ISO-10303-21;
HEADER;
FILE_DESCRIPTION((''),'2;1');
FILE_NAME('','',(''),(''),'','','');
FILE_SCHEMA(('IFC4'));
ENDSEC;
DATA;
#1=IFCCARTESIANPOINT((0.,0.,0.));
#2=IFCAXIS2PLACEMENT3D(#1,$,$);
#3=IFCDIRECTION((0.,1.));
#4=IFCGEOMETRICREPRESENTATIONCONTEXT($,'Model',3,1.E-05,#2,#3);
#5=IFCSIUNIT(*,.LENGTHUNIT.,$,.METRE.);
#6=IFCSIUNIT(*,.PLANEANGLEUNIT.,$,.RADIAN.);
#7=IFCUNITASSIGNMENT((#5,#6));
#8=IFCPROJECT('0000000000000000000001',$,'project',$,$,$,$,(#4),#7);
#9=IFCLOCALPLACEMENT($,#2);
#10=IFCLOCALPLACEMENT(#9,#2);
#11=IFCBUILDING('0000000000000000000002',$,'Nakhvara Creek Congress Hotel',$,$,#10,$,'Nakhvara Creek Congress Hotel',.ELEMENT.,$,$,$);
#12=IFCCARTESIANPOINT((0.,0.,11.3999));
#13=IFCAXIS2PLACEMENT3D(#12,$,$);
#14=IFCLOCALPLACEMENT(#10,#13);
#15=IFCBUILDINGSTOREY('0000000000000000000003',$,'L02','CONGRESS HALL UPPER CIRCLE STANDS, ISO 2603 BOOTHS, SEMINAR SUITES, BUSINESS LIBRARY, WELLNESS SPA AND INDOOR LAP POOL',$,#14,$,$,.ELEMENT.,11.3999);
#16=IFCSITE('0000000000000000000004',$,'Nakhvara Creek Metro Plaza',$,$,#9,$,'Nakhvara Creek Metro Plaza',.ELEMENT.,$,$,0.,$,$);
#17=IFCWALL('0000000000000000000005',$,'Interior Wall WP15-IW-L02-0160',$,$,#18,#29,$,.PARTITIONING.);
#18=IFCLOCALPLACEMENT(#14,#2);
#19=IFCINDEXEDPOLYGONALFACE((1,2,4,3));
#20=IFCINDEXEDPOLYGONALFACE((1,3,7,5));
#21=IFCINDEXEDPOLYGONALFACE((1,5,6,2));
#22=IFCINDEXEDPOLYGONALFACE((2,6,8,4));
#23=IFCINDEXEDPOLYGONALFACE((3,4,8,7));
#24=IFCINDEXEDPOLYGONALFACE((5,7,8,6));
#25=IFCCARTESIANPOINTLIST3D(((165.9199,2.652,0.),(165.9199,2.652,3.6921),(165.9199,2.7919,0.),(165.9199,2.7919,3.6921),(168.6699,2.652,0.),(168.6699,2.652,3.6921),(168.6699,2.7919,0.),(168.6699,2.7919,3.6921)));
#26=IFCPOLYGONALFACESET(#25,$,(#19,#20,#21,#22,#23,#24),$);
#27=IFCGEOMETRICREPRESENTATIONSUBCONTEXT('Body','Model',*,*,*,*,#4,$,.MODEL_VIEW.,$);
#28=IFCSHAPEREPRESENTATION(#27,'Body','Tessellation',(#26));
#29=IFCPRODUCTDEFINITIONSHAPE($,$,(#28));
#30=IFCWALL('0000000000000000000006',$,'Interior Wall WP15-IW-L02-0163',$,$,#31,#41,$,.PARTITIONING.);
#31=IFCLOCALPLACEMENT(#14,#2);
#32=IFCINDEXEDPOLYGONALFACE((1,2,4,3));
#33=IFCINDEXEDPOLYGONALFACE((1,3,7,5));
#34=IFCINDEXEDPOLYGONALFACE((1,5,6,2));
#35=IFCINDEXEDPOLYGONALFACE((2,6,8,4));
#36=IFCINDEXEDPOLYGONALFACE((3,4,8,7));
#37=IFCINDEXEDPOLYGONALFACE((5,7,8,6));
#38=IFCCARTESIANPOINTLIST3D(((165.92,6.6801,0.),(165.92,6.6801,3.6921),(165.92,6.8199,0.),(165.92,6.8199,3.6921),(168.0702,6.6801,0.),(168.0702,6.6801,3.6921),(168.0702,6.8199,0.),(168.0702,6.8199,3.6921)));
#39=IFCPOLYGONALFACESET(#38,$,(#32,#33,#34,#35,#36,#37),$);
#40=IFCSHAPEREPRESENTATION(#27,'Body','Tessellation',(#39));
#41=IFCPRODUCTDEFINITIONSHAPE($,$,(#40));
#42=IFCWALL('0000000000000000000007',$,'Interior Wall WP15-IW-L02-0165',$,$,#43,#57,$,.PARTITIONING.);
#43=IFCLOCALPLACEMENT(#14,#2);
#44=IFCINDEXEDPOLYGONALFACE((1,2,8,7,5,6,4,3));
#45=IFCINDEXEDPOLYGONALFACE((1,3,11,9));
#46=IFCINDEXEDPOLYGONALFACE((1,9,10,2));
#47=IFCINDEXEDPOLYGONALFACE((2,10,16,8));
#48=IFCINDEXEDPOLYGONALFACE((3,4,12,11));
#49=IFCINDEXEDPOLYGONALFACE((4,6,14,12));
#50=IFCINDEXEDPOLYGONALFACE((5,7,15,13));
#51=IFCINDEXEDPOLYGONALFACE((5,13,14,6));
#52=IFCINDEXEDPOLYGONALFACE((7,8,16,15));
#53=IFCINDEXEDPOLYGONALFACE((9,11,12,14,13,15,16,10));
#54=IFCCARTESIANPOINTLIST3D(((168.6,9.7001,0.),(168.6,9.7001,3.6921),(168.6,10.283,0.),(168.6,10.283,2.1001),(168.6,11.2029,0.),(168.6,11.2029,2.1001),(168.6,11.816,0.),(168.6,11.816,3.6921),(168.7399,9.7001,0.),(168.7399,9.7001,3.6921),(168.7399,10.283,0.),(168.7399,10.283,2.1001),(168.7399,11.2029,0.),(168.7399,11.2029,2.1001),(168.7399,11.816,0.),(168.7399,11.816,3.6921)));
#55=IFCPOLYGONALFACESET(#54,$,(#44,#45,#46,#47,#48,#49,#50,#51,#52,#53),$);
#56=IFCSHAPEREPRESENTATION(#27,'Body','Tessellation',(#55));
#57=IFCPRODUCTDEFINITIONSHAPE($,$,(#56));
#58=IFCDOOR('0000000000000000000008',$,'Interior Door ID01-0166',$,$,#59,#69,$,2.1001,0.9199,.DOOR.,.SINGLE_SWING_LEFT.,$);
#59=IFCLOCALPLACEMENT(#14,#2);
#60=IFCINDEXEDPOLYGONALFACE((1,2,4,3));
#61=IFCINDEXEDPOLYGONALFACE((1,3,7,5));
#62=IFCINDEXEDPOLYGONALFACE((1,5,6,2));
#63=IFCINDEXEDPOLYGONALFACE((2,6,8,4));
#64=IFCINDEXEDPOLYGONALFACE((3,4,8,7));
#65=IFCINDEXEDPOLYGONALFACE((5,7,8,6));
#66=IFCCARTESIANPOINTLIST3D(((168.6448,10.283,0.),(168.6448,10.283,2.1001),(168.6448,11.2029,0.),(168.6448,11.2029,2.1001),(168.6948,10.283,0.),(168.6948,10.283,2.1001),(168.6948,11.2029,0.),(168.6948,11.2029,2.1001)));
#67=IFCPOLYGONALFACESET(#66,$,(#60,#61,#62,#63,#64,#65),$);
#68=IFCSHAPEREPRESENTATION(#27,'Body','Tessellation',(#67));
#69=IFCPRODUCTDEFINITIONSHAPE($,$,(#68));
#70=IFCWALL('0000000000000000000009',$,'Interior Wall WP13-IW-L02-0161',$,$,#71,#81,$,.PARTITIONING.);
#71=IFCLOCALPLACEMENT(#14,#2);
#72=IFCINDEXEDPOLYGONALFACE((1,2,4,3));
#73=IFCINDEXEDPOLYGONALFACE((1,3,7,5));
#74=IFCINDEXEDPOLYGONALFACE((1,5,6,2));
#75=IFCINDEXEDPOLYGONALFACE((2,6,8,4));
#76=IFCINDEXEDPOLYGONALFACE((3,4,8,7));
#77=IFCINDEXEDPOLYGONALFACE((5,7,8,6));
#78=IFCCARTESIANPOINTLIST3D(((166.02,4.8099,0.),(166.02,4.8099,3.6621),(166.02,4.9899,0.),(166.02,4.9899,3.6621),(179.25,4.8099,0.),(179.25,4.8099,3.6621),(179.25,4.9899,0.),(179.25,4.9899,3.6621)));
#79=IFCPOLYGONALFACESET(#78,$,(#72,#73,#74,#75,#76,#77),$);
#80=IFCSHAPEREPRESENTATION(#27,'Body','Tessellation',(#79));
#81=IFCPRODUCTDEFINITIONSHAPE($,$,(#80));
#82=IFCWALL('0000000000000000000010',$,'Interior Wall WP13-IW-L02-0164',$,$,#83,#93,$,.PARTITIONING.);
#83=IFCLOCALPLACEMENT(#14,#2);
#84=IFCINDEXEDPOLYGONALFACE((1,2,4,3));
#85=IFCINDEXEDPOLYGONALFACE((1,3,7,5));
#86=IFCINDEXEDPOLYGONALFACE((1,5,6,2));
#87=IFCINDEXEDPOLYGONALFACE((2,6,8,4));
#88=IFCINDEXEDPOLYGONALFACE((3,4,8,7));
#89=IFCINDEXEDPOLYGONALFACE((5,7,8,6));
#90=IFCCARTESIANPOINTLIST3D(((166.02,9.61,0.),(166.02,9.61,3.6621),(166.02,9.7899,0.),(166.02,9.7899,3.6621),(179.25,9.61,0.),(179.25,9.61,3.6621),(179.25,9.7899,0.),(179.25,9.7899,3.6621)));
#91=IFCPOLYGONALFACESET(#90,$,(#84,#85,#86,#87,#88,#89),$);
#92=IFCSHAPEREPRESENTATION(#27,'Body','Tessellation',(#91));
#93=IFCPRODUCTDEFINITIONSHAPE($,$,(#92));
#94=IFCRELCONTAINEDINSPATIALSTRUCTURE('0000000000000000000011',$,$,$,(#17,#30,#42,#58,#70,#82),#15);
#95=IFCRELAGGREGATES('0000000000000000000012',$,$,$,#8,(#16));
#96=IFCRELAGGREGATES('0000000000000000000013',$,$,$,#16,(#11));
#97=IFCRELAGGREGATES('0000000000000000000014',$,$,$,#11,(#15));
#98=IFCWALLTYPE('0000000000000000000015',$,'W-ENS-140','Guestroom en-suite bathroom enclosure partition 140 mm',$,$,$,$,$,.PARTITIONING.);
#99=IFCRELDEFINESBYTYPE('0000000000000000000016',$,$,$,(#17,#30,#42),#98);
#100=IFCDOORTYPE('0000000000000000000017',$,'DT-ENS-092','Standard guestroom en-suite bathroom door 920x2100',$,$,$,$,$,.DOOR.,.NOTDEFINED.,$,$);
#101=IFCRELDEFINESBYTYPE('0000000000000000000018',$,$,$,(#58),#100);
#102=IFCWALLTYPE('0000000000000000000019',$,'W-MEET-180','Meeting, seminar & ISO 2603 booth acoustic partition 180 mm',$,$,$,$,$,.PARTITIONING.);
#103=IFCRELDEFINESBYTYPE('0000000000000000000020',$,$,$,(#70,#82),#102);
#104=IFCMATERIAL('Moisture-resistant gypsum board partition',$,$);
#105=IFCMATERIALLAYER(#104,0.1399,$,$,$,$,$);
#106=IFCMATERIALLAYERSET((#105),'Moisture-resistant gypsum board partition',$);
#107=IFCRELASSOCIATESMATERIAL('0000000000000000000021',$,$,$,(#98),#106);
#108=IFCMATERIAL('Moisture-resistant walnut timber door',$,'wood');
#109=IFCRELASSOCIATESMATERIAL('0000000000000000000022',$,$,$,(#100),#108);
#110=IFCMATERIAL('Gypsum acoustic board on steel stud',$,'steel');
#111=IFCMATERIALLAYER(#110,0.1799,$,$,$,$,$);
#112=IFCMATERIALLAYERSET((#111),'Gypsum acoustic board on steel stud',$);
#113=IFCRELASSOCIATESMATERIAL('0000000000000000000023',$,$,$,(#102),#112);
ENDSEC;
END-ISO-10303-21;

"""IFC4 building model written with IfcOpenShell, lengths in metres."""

from ifc_helpers import new_model, si_unit, direction, frame, frame_2d, origin, place, context, subcontext, project, spatial, rectangle, extrude, material, layer, layer_set, type_object, element, fill, save


model = new_model("IFC4")

# Units and contexts
model_context = context("Model", 3, precision=1e-05, world=origin(), true_north=direction((0.0, 1.0)))
body_context = subcontext(model_context, "Body", "Model", "MODEL_VIEW")
ifc_project = project(units=[si_unit("LENGTHUNIT", "METRE"), si_unit("PLANEANGLEUNIT", "RADIAN")], contexts=[model_context])

# Site, building, storey
site_placement = place(None, origin())
site = spatial("IfcSite", under=ifc_project, at=site_placement, Name="Nakhvara Creek Metro Plaza", LongName="Nakhvara Creek Metro Plaza", CompositionType="ELEMENT", RefElevation=0.0)
building_placement = place(site_placement, origin())
building = spatial("IfcBuilding", under=site, at=building_placement, Name="Nakhvara Creek Congress Hotel", LongName="Nakhvara Creek Congress Hotel", CompositionType="ELEMENT")
storey_placement = place(building_placement, frame((0.0, 0.0, 11.3999)))
storey = spatial("IfcBuildingStorey", under=building, at=storey_placement, Name="L02", Description="CONGRESS HALL UPPER CIRCLE STANDS, ISO 2603 BOOTHS, SEMINAR SUITES, BUSINESS LIBRARY, WELLNESS SPA AND INDOOR LAP POOL", CompositionType="ELEMENT", Elevation=11.3999)

# Shared definitions
ifc_material_1 = material(Name="Moisture-resistant gypsum board partition")
ifc_layer_1 = layer(ifc_material_1, 0.1399)
ifc_layer_set_1 = layer_set([ifc_layer_1], Name="Moisture-resistant gypsum board partition")
wall_type_1 = type_object("IfcWallType", Name="W-ENS-140", Description="Guestroom en-suite bathroom enclosure partition 140 mm", PredefinedType="PARTITIONING", material=ifc_layer_set_1)
ifc_material_2 = material(Name="Moisture-resistant walnut timber door", Category="wood")

# Wall
wall_1_placement = place(storey_placement, frame((165.9199, 2.7219, 0.0), z_axis=(0.0, 0.0, 1.0), x_axis=(1.0, 0.0, 0.0)))
element("IfcWall", 1, at=wall_1_placement, inside=storey, type_object=wall_type_1, Name="Interior Wall WP15-IW-L02-0160", PredefinedType="PARTITIONING", context=body_context, shape_type="SweptSolid", body=[
    extrude(rectangle(XDim=2.75, YDim=0.1399, at=frame_2d((1.375, 0.0))), origin(), (0.0, 0.0, 1.0), 3.6921),
])

# Wall
wall_2_placement = place(storey_placement, frame((165.9199, 6.75, 0.0), z_axis=(0.0, 0.0, 1.0), x_axis=(1.0, 0.0, 0.0)))
element("IfcWall", 2, at=wall_2_placement, inside=storey, type_object=wall_type_1, Name="Interior Wall WP15-IW-L02-0163", PredefinedType="PARTITIONING", context=body_context, shape_type="SweptSolid", body=[
    extrude(rectangle(XDim=2.1501, YDim=0.1399, at=frame_2d((1.0752, 0.0))), origin(), (0.0, 0.0, 1.0), 3.6921),
])

# Wall, opening, door
wall_3_placement = place(storey_placement, frame((168.6699, 9.7, 0.0), z_axis=(0.0, 0.0, 1.0), x_axis=(0.0, 1.0, 0.0)))
wall_3 = element("IfcWall", 3, at=wall_3_placement, inside=storey, type_object=wall_type_1, Name="Interior Wall WP15-IW-L02-0165", PredefinedType="PARTITIONING", context=body_context, shape_type="SweptSolid", body=[
    extrude(rectangle(XDim=2.116, YDim=0.1399, at=frame_2d((1.0581, 0.0))), origin(), (0.0, 0.0, 1.0), 3.6921),
])
opening_1_placement = place(wall_3_placement, frame((0.583, 0.0, 0.0)))
opening_1 = element("IfcOpeningElement", 4, at=opening_1_placement, cuts=wall_3, PredefinedType="OPENING", context=body_context, shape_type="SweptSolid", body=[
    extrude(rectangle(XDim=0.9199, YDim=2.1001, at=frame_2d((0.46, 1.05))), frame((0.0, 0.082, 0.0), z_axis=(0.0, -1.0, 0.0), x_axis=(1.0, 0.0, 0.0)), (0.0, 0.0, 1.0), 0.1638),
])
door_type_1 = type_object("IfcDoorType", Name="DT-ENS-092", Description="Standard guestroom en-suite bathroom door 920x2100", OperationType="NOTDEFINED", PredefinedType="DOOR", material=ifc_material_2)
door_1_placement = place(opening_1_placement, frame((0.9199, 0.0, 0.0), z_axis=(0.0, 0.0, 1.0), x_axis=(-1.0, 0.0, 0.0)))
door_1 = element("IfcDoor", 5, at=door_1_placement, inside=storey, type_object=door_type_1, Name="Interior Door ID01-0166", OperationType="SINGLE_SWING_LEFT", OverallHeight=2.1001, OverallWidth=0.9199, PredefinedType="DOOR", context=body_context, shape_type="SweptSolid", body=[
    extrude(rectangle(XDim=0.9199, YDim=2.1001, at=frame_2d((0.46, 1.05))), frame((0.0, 0.0249, 0.0), z_axis=(0.0, -1.0, 0.0), x_axis=(1.0, 0.0, 0.0)), (0.0, 0.0, 1.0), 0.05),
])
fill(opening_1, door_1)

# Walls
ifc_material_3 = material(Name="Gypsum acoustic board on steel stud", Category="steel")
ifc_layer_2 = layer(ifc_material_3, 0.1799)
ifc_layer_set_2 = layer_set([ifc_layer_2], Name="Gypsum acoustic board on steel stud")
wall_type_2 = type_object("IfcWallType", Name="W-MEET-180", Description="Meeting, seminar & ISO 2603 booth acoustic partition 180 mm", PredefinedType="PARTITIONING", material=ifc_layer_set_2)
for number, where, z_axis, x_axis, name in (
    (6, (166.02, 4.8999, 0.0), (0.0, 0.0, 1.0), (1.0, 0.0, 0.0), "Interior Wall WP13-IW-L02-0161"),
    (7, (166.02, 9.7, 0.0), (0.0, 0.0, 1.0), (1.0, 0.0, 0.0), "Interior Wall WP13-IW-L02-0164"),
):
    element("IfcWall", number, at=place(storey_placement, frame(where, z_axis=z_axis, x_axis=x_axis)), inside=storey, type_object=wall_type_2, Name=name, PredefinedType="PARTITIONING", context=body_context, shape_type="SweptSolid", body=[
        extrude(rectangle(XDim=13.23, YDim=0.1799, at=frame_2d((6.615, 0.0))), origin(), (0.0, 0.0, 1.0), 3.6621),
    ])

save(model, "model.ifc")
